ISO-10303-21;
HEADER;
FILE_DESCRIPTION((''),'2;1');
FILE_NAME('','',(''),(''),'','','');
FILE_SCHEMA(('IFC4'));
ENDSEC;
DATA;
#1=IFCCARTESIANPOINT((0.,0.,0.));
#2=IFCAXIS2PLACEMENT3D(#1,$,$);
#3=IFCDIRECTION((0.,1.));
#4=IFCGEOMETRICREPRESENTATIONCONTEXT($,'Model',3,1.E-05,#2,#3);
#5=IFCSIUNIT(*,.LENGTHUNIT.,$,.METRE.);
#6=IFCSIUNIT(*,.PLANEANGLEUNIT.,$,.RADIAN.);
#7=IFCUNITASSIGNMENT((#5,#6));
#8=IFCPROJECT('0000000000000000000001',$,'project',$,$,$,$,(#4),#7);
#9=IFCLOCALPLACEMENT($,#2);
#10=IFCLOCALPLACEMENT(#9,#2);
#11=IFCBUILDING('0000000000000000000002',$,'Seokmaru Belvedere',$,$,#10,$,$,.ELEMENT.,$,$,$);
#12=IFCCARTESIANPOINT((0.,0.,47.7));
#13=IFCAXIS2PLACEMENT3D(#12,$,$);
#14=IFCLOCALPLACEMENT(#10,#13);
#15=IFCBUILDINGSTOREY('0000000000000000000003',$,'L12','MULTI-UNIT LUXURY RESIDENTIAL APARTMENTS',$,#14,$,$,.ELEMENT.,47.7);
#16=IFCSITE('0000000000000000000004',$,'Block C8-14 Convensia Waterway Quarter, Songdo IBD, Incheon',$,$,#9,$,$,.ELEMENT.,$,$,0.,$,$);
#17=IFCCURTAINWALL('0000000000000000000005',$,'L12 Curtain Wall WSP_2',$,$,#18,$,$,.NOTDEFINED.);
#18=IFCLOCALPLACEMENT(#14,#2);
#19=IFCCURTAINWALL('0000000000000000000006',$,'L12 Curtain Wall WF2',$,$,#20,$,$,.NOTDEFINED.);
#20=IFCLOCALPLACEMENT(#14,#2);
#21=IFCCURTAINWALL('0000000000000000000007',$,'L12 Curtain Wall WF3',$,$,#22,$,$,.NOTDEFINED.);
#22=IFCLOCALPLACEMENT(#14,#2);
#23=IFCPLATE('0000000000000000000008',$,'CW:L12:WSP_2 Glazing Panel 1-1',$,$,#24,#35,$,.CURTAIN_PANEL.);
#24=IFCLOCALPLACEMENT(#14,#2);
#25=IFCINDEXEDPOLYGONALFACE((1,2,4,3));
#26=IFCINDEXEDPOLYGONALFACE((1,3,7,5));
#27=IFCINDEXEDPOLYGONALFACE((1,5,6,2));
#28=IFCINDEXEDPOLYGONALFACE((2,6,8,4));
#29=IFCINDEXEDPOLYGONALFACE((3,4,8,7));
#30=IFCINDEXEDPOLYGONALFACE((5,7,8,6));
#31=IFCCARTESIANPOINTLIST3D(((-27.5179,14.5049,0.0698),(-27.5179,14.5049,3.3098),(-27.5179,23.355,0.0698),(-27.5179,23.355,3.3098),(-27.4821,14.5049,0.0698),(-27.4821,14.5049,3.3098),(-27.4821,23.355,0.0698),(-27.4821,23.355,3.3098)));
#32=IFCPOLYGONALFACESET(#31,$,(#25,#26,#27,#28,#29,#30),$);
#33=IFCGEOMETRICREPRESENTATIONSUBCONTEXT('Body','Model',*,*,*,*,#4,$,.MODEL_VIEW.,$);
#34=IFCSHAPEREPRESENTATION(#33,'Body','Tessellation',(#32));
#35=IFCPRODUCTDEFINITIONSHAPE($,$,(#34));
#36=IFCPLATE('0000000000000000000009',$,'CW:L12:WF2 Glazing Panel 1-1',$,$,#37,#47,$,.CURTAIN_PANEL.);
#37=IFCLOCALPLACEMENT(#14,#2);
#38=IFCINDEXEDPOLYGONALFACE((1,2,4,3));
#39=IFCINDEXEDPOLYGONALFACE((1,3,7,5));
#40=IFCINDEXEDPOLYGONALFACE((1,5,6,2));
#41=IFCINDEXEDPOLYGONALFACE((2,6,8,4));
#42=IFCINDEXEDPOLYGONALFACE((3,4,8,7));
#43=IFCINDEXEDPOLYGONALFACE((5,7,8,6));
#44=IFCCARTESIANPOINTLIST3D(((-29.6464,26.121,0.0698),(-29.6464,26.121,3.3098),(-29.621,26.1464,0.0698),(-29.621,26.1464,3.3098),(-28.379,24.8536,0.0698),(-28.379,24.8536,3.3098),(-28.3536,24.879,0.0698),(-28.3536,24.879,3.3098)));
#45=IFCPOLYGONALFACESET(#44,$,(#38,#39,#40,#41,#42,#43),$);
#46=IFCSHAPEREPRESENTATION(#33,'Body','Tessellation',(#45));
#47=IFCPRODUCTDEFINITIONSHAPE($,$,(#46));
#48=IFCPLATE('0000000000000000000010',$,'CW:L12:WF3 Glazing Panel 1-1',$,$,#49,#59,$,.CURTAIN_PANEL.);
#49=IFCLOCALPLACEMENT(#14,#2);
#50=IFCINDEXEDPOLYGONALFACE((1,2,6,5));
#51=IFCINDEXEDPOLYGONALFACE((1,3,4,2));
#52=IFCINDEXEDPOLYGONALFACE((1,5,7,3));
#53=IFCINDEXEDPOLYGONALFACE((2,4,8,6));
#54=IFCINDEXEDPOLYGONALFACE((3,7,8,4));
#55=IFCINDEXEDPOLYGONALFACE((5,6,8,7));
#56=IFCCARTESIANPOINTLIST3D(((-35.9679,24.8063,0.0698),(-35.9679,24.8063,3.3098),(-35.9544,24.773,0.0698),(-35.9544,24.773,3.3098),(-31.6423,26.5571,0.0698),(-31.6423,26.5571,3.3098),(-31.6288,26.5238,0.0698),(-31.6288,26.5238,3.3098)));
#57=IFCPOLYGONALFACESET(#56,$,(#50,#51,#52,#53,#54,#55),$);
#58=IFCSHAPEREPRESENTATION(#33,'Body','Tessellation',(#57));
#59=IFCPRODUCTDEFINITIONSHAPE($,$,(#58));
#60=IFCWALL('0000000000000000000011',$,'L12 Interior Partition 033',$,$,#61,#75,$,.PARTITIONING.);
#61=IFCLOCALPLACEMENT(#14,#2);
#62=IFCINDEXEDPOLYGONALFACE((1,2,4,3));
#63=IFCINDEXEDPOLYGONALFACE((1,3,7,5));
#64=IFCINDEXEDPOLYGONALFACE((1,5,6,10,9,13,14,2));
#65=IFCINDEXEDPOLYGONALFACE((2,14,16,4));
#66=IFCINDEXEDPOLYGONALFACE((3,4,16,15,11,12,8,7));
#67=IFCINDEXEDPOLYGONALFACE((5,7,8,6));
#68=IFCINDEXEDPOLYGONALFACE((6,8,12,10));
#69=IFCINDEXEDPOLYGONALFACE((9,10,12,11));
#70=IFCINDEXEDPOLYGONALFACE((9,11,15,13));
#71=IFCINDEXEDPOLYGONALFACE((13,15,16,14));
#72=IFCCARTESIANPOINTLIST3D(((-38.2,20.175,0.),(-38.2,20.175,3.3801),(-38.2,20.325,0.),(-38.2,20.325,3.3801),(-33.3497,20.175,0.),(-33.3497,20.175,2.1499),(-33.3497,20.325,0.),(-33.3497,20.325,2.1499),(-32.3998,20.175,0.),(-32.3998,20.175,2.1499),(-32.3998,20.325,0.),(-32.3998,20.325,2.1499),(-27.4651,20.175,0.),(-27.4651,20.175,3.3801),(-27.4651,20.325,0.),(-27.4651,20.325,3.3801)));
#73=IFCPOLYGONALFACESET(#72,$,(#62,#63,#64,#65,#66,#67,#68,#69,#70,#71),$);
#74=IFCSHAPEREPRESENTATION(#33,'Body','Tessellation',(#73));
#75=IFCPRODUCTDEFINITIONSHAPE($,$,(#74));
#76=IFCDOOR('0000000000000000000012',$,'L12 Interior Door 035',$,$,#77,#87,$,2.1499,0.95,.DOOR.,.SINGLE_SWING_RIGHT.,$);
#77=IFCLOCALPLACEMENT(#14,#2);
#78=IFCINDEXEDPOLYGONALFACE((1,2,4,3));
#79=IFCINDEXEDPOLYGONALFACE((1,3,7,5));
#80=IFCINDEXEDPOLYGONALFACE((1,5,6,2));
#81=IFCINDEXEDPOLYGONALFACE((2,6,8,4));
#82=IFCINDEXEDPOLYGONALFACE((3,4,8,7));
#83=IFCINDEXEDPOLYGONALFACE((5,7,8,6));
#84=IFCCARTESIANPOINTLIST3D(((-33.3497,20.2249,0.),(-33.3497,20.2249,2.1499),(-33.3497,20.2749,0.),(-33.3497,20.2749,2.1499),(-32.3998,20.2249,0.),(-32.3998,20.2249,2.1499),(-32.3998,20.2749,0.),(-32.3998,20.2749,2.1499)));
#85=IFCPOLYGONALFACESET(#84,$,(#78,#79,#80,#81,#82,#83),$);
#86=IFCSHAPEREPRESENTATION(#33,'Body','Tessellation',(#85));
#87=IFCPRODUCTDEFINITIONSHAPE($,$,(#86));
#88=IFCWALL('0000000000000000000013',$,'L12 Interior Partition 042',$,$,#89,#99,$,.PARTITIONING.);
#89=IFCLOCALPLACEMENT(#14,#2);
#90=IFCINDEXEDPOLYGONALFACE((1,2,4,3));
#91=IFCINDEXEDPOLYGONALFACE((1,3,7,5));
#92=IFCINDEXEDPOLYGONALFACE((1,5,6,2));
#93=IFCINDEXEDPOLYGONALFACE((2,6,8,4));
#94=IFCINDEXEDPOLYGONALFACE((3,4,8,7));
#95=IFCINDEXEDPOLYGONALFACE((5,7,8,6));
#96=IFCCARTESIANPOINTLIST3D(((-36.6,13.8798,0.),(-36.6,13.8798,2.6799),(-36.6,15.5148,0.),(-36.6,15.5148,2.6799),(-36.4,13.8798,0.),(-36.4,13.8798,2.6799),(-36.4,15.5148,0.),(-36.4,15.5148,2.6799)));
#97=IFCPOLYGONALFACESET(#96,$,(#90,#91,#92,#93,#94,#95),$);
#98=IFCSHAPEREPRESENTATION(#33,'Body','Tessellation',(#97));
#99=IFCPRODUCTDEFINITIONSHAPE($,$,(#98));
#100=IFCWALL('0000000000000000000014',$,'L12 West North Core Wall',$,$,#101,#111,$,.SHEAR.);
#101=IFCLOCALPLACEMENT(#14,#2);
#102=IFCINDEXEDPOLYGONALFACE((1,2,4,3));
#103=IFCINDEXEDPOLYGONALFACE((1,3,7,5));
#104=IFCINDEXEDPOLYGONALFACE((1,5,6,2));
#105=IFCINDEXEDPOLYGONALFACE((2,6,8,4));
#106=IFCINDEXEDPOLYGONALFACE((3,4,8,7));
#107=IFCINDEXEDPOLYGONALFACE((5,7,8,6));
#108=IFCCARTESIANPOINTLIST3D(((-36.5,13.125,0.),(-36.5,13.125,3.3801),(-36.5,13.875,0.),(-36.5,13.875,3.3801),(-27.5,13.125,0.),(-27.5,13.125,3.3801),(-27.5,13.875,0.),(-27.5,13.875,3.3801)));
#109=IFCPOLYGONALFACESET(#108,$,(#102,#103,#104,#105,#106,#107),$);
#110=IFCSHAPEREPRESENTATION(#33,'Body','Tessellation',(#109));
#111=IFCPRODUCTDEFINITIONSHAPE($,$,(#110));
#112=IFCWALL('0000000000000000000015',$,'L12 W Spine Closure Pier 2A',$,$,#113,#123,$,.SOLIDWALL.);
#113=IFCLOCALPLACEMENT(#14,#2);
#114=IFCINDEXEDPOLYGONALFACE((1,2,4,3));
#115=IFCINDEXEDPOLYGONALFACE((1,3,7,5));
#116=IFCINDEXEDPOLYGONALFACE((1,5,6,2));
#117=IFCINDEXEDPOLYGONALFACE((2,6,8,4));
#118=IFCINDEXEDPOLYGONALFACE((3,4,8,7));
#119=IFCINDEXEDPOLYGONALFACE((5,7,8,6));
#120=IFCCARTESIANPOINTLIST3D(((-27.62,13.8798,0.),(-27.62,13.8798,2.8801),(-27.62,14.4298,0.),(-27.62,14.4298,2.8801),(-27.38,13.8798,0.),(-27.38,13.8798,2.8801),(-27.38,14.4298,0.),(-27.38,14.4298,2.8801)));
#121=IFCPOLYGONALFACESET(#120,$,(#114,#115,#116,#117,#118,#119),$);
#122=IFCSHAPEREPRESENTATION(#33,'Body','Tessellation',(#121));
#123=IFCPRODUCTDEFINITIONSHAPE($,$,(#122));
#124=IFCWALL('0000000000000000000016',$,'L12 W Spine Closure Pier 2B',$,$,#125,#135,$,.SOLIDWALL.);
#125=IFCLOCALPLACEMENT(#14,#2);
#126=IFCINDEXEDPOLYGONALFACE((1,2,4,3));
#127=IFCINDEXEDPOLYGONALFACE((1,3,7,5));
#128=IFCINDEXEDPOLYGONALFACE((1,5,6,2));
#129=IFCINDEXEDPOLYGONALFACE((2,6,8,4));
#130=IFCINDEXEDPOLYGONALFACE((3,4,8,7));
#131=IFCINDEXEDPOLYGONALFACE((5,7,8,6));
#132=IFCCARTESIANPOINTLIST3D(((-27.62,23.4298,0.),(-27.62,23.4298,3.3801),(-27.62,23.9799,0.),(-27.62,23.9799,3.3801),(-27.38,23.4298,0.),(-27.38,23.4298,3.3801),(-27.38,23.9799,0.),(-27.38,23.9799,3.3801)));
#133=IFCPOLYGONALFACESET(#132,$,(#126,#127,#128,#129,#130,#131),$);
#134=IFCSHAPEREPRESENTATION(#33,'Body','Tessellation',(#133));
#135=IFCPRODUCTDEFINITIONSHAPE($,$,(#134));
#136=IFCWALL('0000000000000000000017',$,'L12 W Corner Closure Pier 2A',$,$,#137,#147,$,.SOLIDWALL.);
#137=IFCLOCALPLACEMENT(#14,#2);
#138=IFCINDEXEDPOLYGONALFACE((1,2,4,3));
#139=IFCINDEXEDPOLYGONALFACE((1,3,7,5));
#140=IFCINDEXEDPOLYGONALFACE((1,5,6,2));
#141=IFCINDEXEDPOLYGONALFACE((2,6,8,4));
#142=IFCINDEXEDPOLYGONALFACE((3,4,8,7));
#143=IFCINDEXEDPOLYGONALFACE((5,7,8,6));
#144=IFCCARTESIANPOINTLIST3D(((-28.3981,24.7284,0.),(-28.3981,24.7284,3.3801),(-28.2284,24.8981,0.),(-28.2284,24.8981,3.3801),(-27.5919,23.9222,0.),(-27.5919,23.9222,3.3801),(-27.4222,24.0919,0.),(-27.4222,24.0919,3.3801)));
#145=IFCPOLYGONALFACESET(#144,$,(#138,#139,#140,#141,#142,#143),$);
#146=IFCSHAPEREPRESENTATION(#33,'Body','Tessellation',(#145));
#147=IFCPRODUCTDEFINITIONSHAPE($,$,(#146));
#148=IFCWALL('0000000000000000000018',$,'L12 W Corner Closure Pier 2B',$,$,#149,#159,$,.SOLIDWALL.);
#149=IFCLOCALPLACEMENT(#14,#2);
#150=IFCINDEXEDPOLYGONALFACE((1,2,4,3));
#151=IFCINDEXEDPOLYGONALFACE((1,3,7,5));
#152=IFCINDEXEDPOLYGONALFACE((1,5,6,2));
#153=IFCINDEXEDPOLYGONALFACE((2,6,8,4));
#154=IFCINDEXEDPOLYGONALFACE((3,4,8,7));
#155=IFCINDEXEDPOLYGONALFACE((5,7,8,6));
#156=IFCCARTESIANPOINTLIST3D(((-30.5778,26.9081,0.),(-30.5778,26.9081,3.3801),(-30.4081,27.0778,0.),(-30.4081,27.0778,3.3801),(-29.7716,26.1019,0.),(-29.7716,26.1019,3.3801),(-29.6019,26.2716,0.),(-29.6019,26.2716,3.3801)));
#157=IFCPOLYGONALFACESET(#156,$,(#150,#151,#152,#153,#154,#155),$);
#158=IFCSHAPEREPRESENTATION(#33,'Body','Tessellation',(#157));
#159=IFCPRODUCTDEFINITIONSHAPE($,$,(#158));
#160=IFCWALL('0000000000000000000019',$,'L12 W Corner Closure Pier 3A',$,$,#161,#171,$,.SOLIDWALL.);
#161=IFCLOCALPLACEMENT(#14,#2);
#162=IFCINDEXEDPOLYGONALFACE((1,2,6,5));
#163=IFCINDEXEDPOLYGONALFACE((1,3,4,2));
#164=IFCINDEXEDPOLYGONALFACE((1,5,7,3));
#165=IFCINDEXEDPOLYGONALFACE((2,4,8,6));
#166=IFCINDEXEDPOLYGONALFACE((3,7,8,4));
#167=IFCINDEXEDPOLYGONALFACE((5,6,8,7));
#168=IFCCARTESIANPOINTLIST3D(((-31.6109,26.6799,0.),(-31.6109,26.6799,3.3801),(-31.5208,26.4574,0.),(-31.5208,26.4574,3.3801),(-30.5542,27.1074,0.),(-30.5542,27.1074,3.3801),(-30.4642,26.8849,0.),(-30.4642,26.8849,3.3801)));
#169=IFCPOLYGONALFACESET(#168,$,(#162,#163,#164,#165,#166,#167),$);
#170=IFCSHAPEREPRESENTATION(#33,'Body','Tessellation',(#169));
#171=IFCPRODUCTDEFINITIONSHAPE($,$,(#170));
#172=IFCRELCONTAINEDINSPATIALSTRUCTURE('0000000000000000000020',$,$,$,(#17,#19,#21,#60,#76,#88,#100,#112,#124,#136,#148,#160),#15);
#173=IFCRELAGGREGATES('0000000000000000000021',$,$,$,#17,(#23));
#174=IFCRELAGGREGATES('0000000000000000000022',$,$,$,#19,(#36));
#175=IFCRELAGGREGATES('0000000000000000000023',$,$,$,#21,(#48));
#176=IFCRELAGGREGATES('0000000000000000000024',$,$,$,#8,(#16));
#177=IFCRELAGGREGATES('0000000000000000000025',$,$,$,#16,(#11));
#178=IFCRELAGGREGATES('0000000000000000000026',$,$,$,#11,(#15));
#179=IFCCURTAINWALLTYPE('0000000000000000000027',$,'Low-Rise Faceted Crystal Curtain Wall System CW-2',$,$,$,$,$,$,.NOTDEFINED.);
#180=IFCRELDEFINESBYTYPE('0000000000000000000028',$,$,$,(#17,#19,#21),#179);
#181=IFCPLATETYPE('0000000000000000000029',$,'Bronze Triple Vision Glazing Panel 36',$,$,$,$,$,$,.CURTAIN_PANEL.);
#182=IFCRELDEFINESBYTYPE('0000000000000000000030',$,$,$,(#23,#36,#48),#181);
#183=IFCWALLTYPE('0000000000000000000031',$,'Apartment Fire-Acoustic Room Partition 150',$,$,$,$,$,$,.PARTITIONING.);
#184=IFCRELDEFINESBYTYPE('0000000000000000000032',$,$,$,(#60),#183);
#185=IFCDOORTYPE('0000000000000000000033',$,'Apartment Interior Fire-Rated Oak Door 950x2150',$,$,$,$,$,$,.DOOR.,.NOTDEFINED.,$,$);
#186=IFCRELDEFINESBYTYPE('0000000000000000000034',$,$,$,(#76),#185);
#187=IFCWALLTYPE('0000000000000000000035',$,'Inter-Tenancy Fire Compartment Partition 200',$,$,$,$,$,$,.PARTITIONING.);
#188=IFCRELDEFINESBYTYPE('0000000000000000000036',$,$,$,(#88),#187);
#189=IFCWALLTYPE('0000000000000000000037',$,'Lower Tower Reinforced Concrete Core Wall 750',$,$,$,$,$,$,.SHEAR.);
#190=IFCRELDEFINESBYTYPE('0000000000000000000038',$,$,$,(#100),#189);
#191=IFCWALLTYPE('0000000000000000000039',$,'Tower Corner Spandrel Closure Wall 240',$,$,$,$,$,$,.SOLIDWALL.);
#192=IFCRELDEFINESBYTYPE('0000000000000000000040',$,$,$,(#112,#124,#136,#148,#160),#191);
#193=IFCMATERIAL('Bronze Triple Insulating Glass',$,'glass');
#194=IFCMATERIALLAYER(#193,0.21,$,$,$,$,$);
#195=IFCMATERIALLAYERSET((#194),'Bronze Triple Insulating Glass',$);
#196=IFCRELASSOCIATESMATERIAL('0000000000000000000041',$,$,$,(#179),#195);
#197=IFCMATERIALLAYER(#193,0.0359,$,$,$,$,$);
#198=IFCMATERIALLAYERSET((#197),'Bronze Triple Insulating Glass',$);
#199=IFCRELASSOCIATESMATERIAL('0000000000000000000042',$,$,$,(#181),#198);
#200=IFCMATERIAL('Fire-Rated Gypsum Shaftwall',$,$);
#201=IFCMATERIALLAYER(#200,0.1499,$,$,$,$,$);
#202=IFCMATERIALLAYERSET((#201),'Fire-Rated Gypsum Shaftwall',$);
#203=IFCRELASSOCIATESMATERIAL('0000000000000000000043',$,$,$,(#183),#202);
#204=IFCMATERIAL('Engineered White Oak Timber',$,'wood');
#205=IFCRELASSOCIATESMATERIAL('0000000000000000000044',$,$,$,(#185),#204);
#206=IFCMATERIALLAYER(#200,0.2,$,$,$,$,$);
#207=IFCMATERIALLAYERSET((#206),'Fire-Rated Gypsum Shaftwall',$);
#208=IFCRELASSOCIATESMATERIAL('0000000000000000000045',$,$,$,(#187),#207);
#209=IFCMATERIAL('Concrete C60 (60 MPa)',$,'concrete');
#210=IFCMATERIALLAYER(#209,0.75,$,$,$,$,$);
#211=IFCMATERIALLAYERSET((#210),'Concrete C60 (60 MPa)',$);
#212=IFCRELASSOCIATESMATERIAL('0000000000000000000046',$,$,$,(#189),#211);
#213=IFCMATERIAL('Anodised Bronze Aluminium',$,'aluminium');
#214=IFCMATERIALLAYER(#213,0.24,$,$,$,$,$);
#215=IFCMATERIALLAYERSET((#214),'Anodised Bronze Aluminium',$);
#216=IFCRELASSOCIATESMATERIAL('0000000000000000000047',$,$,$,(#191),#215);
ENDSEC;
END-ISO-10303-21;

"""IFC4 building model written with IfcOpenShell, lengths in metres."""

from ifc_helpers import new_model, si_unit, direction, frame, frame_2d, origin, origin_2d, place, context, subcontext, project, spatial, rectangle, extrude, source, transform, mapped, material, layer, layer_set, type_object, type_shapes, element, fill, aggregate, save


model = new_model("IFC4")

# Units and contexts
model_context = context("Model", 3, precision=1e-05, world=origin(), true_north=direction((0.0, 1.0)))
body_context = subcontext(model_context, "Body", "Model", "MODEL_VIEW")
ifc_project = project(units=[si_unit("LENGTHUNIT", "METRE"), si_unit("PLANEANGLEUNIT", "RADIAN")], contexts=[model_context])

# Site, building, storey
site_placement = place(None, origin())
site = spatial("IfcSite", under=ifc_project, at=site_placement, Name="Block C8-14 Convensia Waterway Quarter, Songdo IBD, Incheon", CompositionType="ELEMENT", RefElevation=0.0)
building_placement = place(site_placement, origin())
building = spatial("IfcBuilding", under=site, at=building_placement, Name="Seokmaru Belvedere", CompositionType="ELEMENT")
storey_placement = place(building_placement, frame((0.0, 0.0, 47.7)))
storey = spatial("IfcBuildingStorey", under=building, at=storey_placement, Name="L12", Description="MULTI-UNIT LUXURY RESIDENTIAL APARTMENTS", CompositionType="ELEMENT", Elevation=47.7)

# Curtain walls
ifc_material_1 = material(Name="Bronze Triple Insulating Glass", Category="glass")
ifc_layer_1 = layer(ifc_material_1, 0.21)
ifc_layer_set_1 = layer_set([ifc_layer_1], Name="Bronze Triple Insulating Glass")
curtain_wall_type = type_object("IfcCurtainWallType", Name="Low-Rise Faceted Crystal Curtain Wall System CW-2", PredefinedType="NOTDEFINED", material=ifc_layer_set_1)
curtain_wall_1_placement = place(storey_placement, origin())
curtain_wall_1 = element("IfcCurtainWall", 1, at=curtain_wall_1_placement, inside=storey, type_object=curtain_wall_type, Name="L12 Curtain Wall WSP_2", PredefinedType="NOTDEFINED")
ifc_material_2 = material(Name="Anodised Bronze Aluminium", Category="aluminium")
curtain_wall_2_placement = place(storey_placement, origin())
curtain_wall_2 = element("IfcCurtainWall", 2, at=curtain_wall_2_placement, inside=storey, type_object=curtain_wall_type, Name="L12 Curtain Wall WF2", PredefinedType="NOTDEFINED")

# Curtain wall
curtain_wall_3_placement = place(storey_placement, origin())
curtain_wall_3 = element("IfcCurtainWall", 3, at=curtain_wall_3_placement, inside=storey, type_object=curtain_wall_type, Name="L12 Curtain Wall WF3", PredefinedType="NOTDEFINED")

# Plates
ifc_layer_2 = layer(ifc_material_1, 0.0359)
ifc_layer_set_2 = layer_set([ifc_layer_2], Name="Bronze Triple Insulating Glass")
plate_type = type_object("IfcPlateType", Name="Bronze Triple Vision Glazing Panel 36", PredefinedType="CURTAIN_PANEL", material=ifc_layer_set_2)
shared_shape_1 = source(origin(), body_context, "Body", "SweptSolid", [
    extrude(rectangle(XDim=8.8501, YDim=0.0359, at=origin_2d()), origin(), (0.0, 0.0, 1.0), 3.24),
])
plate_1_placement = place(storey_placement, frame((-27.5, 18.9299, 0.0698), z_axis=(0.0, 0.0, 1.0), x_axis=(0.0, 1.0, 0.0)))
plate_1 = element("IfcPlate", 4, at=plate_1_placement, type_object=plate_type, Name="CW:L12:WSP_2 Glazing Panel 1-1", PredefinedType="CURTAIN_PANEL", context=body_context, shape_type="MappedRepresentation", body=[
    mapped(shared_shape_1, transform((0.0, 0.0, 0.0), scale=1.0)),
])
aggregate(curtain_wall_1, [plate_1])
shared_shape_2 = source(origin(), body_context, "Body", "SweptSolid", [
    extrude(rectangle(XDim=1.7925, YDim=0.0359, at=origin_2d()), origin(), (0.0, 0.0, 1.0), 3.24),
])
plate_2_placement = place(storey_placement, frame((-29.0, 25.5, 0.0698), z_axis=(0.0, 0.0, 1.0), x_axis=(-0.707107, 0.707107, 0.0)))
plate_2 = element("IfcPlate", 5, at=plate_2_placement, type_object=plate_type, Name="CW:L12:WF2 Glazing Panel 1-1", PredefinedType="CURTAIN_PANEL", context=body_context, shape_type="MappedRepresentation", body=[
    mapped(shared_shape_2, transform((0.0, 0.0, 0.0), scale=1.0)),
])
aggregate(curtain_wall_2, [plate_2])
shared_shape_3 = source(origin(), body_context, "Body", "SweptSolid", [
    extrude(rectangle(XDim=4.6665, YDim=0.0359, at=origin_2d()), origin(), (0.0, 0.0, 1.0), 3.24),
])
type_shapes(plate_type, [shared_shape_1, shared_shape_2, shared_shape_3])
plate_3_placement = place(storey_placement, frame((-33.7983, 25.665, 0.0698), z_axis=(0.0, 0.0, 1.0), x_axis=(-0.926947, -0.375192, 0.0)))
plate_3 = element("IfcPlate", 6, at=plate_3_placement, type_object=plate_type, Name="CW:L12:WF3 Glazing Panel 1-1", PredefinedType="CURTAIN_PANEL", context=body_context, shape_type="MappedRepresentation", body=[
    mapped(shared_shape_3, transform((0.0, 0.0, 0.0), scale=1.0)),
])
aggregate(curtain_wall_3, [plate_3])

# Wall, opening, door
ifc_material_3 = material(Name="Fire-Rated Gypsum Shaftwall")
ifc_layer_3 = layer(ifc_material_3, 0.1499)
ifc_layer_set_3 = layer_set([ifc_layer_3], Name="Fire-Rated Gypsum Shaftwall")
wall_type_1 = type_object("IfcWallType", Name="Apartment Fire-Acoustic Room Partition 150", PredefinedType="PARTITIONING", material=ifc_layer_set_3)
wall_1_placement = place(storey_placement, frame((-38.2, 20.25, 0.0), z_axis=(0.0, 0.0, 1.0), x_axis=(1.0, 0.0, 0.0)))
wall_1 = element("IfcWall", 7, at=wall_1_placement, inside=storey, type_object=wall_type_1, Name="L12 Interior Partition 033", PredefinedType="PARTITIONING", context=body_context, shape_type="SweptSolid", body=[
    extrude(rectangle(XDim=10.7349, YDim=0.1499, at=frame_2d((5.3674, 0.0))), origin(), (0.0, 0.0, 1.0), 3.3801),
])
opening_placement = place(wall_1_placement, frame((4.8501, 0.0, 0.0)))
opening = element("IfcOpeningElement", 8, at=opening_placement, cuts=wall_1, PredefinedType="OPENING", context=body_context, shape_type="SweptSolid", body=[
    extrude(rectangle(XDim=0.95, YDim=2.1499, at=frame_2d((0.4751, 1.075))), frame((0.0, 0.085, 0.0), z_axis=(0.0, -1.0, 0.0), x_axis=(1.0, 0.0, 0.0)), (0.0, 0.0, 1.0), 0.1699),
])
ifc_material_4 = material(Name="Engineered White Oak Timber", Category="wood")
door_type = type_object("IfcDoorType", Name="Apartment Interior Fire-Rated Oak Door 950x2150", OperationType="NOTDEFINED", PredefinedType="DOOR", material=ifc_material_4)
shared_shape_4 = source(origin(), body_context, "Body", "SweptSolid", [
    extrude(rectangle(XDim=0.95, YDim=2.1499, at=frame_2d((0.4751, 1.075))), frame((0.0, 0.0249, 0.0), z_axis=(0.0, -1.0, 0.0), x_axis=(1.0, 0.0, 0.0)), (0.0, 0.0, 1.0), 0.05),
])
type_shapes(door_type, [shared_shape_4])
door_placement = place(opening_placement, origin())
door = element("IfcDoor", 9, at=door_placement, inside=storey, type_object=door_type, Name="L12 Interior Door 035", OperationType="SINGLE_SWING_RIGHT", OverallHeight=2.1499, OverallWidth=0.95, PredefinedType="DOOR", context=body_context, shape_type="MappedRepresentation", body=[
    mapped(shared_shape_4, transform((0.0, 0.0, 0.0), scale=1.0)),
])
fill(opening, door)

# Walls
ifc_layer_4 = layer(ifc_material_3, 0.2)
ifc_layer_set_4 = layer_set([ifc_layer_4], Name="Fire-Rated Gypsum Shaftwall")
wall_type_2 = type_object("IfcWallType", Name="Inter-Tenancy Fire Compartment Partition 200", PredefinedType="PARTITIONING", material=ifc_layer_set_4)
wall_2_placement = place(storey_placement, frame((-36.5, 13.8799, 0.0), z_axis=(0.0, 0.0, 1.0), x_axis=(0.0, 1.0, 0.0)))
element("IfcWall", 10, at=wall_2_placement, inside=storey, type_object=wall_type_2, Name="L12 Interior Partition 042", PredefinedType="PARTITIONING", context=body_context, shape_type="SweptSolid", body=[
    extrude(rectangle(XDim=1.635, YDim=0.2, at=frame_2d((0.8174, 0.0))), origin(), (0.0, 0.0, 1.0), 2.6799),
])
ifc_material_5 = material(Name="Concrete C60 (60 MPa)", Category="concrete")
ifc_layer_5 = layer(ifc_material_5, 0.75)
ifc_layer_set_5 = layer_set([ifc_layer_5], Name="Concrete C60 (60 MPa)")
wall_type_3 = type_object("IfcWallType", Name="Lower Tower Reinforced Concrete Core Wall 750", PredefinedType="SHEAR", material=ifc_layer_set_5)
wall_3_placement = place(storey_placement, frame((-36.5, 13.5, 0.0), z_axis=(0.0, 0.0, 1.0), x_axis=(1.0, 0.0, 0.0)))
element("IfcWall", 11, at=wall_3_placement, inside=storey, type_object=wall_type_3, Name="L12 West North Core Wall", PredefinedType="SHEAR", context=body_context, shape_type="SweptSolid", body=[
    extrude(rectangle(XDim=9.0, YDim=0.75, at=frame_2d((4.5, 0.0))), origin(), (0.0, 0.0, 1.0), 3.3801),
])
ifc_layer_6 = layer(ifc_material_2, 0.24)
ifc_layer_set_6 = layer_set([ifc_layer_6], Name="Anodised Bronze Aluminium")
wall_type_4 = type_object("IfcWallType", Name="Tower Corner Spandrel Closure Wall 240", PredefinedType="SOLIDWALL", material=ifc_layer_set_6)
wall_4_placement = place(storey_placement, frame((-27.5, 13.8799, 0.0), z_axis=(0.0, 0.0, 1.0), x_axis=(0.0, 1.0, 0.0)))
element("IfcWall", 12, at=wall_4_placement, inside=storey, type_object=wall_type_4, Name="L12 W Spine Closure Pier 2A", PredefinedType="SOLIDWALL", context=body_context, shape_type="SweptSolid", body=[
    extrude(rectangle(XDim=0.55, YDim=0.24, at=frame_2d((0.2749, 0.0))), origin(), (0.0, 0.0, 1.0), 2.8801),
])
wall_5_placement = place(storey_placement, frame((-27.5, 23.4299, 0.0), z_axis=(0.0, 0.0, 1.0), x_axis=(0.0, 1.0, 0.0)))
element("IfcWall", 13, at=wall_5_placement, inside=storey, type_object=wall_type_4, Name="L12 W Spine Closure Pier 2B", PredefinedType="SOLIDWALL", context=body_context, shape_type="SweptSolid", body=[
    extrude(rectangle(XDim=0.55, YDim=0.24, at=frame_2d((0.2749, 0.0))), origin(), (0.0, 0.0, 1.0), 3.3801),
])
for number, where, z_axis, x_axis, name in (
    (14, (-27.5071, 24.0071, 0.0), (0.0, 0.0, 1.0), (-0.707107, 0.707107, 0.0), "L12 W Corner Closure Pier 2A"),
    (15, (-29.6868, 26.1868, 0.0), (0.0, 0.0, 1.0), (-0.707107, 0.707107, 0.0), "L12 W Corner Closure Pier 2B"),
):
    element("IfcWall", number, at=place(storey_placement, frame(where, z_axis=z_axis, x_axis=x_axis)), inside=storey, type_object=wall_type_4, Name=name, PredefinedType="SOLIDWALL", context=body_context, shape_type="SweptSolid", body=[
        extrude(rectangle(XDim=1.1401, YDim=0.24, at=frame_2d((0.5701, 0.0))), origin(), (0.0, 0.0, 1.0), 3.3801),
    ])
wall_6_placement = place(storey_placement, frame((-30.5093, 26.9961, 0.0), z_axis=(0.0, 0.0, 1.0), x_axis=(-0.927007, -0.375044, 0.0)))
element("IfcWall", 16, at=wall_6_placement, inside=storey, type_object=wall_type_4, Name="L12 W Corner Closure Pier 3A", PredefinedType="SOLIDWALL", context=body_context, shape_type="SweptSolid", body=[
    extrude(rectangle(XDim=1.1399, YDim=0.24, at=frame_2d((0.5698, 0.0))), origin(), (0.0, 0.0, 1.0), 3.3801),
])

save(model, "model.ifc")
